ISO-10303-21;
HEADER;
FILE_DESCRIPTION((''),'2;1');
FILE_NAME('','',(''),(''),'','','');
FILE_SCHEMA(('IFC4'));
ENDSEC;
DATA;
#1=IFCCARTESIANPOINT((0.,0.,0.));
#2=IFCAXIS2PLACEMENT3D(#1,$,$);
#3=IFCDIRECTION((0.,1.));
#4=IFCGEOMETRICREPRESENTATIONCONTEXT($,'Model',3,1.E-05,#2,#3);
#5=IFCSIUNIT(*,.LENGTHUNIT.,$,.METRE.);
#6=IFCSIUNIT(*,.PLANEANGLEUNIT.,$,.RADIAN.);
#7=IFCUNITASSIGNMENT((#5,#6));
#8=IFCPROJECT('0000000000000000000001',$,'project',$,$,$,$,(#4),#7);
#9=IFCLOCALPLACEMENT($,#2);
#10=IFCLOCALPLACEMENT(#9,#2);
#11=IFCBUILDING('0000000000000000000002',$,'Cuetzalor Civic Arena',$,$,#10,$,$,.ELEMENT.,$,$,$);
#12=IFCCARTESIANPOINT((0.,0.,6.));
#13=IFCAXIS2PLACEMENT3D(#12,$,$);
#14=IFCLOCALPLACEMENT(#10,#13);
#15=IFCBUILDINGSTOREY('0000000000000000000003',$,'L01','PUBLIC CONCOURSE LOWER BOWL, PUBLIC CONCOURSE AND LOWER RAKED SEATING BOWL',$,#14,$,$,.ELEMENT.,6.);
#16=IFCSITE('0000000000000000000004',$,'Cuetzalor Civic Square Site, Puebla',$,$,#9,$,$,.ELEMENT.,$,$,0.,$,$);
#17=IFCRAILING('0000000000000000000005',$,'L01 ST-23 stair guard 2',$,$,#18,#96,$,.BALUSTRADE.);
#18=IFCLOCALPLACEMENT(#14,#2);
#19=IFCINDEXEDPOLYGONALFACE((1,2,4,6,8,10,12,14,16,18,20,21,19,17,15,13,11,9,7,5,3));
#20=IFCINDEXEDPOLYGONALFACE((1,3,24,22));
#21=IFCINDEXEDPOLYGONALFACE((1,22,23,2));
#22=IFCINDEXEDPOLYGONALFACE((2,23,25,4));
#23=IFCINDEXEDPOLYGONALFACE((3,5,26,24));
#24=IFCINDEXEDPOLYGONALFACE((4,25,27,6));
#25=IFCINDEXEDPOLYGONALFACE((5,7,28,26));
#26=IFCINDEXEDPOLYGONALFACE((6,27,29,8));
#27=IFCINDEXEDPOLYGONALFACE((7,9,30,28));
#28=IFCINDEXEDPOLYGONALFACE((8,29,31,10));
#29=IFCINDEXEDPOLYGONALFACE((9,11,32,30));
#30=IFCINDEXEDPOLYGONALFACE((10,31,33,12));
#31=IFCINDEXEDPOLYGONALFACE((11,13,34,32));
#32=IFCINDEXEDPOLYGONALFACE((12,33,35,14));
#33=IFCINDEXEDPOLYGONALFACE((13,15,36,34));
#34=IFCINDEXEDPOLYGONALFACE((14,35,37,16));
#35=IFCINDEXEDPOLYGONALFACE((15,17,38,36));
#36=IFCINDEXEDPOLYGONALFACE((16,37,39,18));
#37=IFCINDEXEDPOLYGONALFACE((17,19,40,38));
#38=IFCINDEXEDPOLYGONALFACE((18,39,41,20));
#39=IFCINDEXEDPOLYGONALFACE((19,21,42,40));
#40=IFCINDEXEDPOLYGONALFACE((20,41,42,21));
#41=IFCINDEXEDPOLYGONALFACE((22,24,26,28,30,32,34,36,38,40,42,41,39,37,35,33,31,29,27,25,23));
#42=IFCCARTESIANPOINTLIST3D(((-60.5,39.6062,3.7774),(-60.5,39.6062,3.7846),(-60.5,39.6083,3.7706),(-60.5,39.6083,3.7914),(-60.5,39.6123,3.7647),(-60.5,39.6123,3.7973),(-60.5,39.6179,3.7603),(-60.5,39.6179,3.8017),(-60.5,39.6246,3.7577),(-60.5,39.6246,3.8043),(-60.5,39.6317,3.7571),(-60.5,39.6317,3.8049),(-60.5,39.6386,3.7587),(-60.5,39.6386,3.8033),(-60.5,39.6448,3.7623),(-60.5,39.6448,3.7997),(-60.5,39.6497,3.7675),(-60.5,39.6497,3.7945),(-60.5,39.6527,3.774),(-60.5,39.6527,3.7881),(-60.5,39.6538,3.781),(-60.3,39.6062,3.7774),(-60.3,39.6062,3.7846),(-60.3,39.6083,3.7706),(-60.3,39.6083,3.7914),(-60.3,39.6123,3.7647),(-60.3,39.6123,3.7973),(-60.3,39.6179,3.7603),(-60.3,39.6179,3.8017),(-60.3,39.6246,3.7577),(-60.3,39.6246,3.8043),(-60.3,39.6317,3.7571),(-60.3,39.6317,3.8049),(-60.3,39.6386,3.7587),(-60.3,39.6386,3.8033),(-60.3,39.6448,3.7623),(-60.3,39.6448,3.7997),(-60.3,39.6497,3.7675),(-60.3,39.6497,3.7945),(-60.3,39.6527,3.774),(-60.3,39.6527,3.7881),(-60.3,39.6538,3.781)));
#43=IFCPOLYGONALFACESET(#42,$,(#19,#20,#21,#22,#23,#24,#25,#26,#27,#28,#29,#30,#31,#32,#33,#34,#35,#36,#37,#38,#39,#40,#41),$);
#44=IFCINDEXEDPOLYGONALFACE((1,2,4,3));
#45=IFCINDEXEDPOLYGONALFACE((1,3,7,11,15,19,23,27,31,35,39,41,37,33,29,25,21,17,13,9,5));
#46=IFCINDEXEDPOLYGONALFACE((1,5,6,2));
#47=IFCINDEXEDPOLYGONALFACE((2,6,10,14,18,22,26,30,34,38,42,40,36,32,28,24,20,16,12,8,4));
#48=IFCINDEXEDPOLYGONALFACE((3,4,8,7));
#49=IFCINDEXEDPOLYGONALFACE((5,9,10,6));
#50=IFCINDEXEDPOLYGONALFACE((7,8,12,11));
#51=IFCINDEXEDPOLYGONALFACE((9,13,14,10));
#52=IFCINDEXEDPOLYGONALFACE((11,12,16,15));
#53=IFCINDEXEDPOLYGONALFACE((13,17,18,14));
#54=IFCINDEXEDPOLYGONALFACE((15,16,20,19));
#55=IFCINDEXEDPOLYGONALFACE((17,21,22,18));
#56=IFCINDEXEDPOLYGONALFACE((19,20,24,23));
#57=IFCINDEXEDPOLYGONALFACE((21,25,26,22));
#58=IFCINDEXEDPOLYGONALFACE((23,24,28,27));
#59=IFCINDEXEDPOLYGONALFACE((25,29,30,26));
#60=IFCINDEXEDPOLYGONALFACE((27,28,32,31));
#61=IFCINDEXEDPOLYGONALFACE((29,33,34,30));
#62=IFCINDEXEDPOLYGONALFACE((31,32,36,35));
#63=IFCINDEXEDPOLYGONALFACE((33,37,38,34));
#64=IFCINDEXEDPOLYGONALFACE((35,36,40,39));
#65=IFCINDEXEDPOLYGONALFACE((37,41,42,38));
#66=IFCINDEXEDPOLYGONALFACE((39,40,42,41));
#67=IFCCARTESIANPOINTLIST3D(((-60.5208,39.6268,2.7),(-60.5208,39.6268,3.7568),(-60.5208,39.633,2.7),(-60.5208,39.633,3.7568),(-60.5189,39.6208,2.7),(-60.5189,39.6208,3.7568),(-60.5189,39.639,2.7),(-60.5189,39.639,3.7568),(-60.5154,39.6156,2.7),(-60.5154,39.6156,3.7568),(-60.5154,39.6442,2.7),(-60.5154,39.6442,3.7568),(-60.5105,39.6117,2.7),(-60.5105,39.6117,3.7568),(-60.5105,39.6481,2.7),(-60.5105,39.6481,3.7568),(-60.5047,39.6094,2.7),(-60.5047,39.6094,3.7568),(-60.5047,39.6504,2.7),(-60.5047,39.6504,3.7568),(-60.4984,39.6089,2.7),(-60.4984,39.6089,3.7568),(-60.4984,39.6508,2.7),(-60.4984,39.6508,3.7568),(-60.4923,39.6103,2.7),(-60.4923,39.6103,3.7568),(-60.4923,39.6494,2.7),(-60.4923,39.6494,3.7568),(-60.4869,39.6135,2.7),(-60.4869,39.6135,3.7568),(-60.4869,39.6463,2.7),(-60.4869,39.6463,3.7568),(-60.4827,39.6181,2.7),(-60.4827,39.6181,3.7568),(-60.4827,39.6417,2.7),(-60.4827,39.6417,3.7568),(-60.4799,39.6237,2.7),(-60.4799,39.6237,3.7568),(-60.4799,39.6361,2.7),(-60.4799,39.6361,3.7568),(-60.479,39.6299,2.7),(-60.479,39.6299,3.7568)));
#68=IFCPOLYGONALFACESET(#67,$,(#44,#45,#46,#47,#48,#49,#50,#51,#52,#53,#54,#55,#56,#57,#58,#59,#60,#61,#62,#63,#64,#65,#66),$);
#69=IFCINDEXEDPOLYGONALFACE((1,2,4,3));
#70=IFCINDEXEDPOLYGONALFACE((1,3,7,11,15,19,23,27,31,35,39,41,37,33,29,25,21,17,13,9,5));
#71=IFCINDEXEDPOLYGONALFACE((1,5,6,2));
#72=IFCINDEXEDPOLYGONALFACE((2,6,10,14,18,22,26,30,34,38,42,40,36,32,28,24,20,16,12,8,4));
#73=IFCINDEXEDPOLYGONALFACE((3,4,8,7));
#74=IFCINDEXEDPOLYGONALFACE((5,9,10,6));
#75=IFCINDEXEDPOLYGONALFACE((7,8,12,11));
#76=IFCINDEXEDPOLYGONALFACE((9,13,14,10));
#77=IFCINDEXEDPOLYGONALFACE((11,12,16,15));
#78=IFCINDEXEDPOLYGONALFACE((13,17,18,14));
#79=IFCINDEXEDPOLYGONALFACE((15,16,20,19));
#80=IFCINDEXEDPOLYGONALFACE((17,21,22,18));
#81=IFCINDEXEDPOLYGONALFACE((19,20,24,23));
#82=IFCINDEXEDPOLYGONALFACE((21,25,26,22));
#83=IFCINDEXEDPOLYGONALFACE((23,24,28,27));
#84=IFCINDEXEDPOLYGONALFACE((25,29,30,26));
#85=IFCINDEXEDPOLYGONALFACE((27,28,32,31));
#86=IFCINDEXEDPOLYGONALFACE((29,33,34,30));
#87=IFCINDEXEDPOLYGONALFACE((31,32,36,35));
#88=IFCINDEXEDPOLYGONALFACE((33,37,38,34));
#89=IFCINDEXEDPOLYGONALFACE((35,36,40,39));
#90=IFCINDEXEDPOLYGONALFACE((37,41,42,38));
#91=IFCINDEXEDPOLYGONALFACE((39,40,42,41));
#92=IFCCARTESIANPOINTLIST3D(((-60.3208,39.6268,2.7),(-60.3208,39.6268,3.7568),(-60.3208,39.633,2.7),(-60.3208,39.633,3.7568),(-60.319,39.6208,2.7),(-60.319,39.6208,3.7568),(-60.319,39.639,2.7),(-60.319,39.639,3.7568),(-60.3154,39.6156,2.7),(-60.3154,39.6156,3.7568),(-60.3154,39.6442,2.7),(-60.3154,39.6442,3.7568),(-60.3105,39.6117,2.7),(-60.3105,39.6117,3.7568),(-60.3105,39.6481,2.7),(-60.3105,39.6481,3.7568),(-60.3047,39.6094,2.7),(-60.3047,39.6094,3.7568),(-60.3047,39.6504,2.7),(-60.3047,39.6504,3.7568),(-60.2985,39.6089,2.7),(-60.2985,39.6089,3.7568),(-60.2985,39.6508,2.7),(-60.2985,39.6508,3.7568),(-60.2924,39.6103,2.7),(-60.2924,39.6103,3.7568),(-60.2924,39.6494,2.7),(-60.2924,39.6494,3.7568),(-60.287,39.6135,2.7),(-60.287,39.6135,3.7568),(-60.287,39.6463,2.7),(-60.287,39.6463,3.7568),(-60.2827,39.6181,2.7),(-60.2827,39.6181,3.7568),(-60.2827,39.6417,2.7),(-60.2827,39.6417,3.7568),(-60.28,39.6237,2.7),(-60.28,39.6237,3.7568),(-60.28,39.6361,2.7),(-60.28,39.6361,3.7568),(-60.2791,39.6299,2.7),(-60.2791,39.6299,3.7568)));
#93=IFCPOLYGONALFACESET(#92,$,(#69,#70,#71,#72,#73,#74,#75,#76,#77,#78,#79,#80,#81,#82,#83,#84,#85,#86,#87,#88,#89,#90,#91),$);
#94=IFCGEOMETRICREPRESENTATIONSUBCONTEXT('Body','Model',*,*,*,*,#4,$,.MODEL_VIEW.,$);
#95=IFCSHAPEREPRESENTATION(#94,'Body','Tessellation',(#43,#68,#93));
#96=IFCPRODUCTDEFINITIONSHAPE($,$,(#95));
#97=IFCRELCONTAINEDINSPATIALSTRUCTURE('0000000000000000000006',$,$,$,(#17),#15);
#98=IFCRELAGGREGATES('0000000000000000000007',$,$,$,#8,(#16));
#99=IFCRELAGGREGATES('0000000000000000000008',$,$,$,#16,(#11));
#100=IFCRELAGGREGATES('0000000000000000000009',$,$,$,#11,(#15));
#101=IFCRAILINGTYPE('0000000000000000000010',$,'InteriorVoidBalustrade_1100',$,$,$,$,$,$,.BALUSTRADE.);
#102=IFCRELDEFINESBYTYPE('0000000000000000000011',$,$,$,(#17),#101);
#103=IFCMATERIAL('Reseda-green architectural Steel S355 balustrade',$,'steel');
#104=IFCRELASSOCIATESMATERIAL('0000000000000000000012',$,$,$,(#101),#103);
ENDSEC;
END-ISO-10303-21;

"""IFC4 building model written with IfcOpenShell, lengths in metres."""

from ifc_helpers import new_model, si_unit, direction, frame, origin, origin_2d, place, context, subcontext, project, spatial, circle, extrude, material, type_object, element, save


model = new_model("IFC4")

# Units and contexts
model_context = context("Model", 3, precision=1e-05, world=origin(), true_north=direction((0.0, 1.0)))
body_context = subcontext(model_context, "Body", "Model", "MODEL_VIEW")
ifc_project = project(units=[si_unit("LENGTHUNIT", "METRE"), si_unit("PLANEANGLEUNIT", "RADIAN")], contexts=[model_context])

# Site, building, storey
site_placement = place(None, origin())
site = spatial("IfcSite", under=ifc_project, at=site_placement, Name="Cuetzalor Civic Square Site, Puebla", CompositionType="ELEMENT", RefElevation=0.0)
building_placement = place(site_placement, origin())
building = spatial("IfcBuilding", under=site, at=building_placement, Name="Cuetzalor Civic Arena", CompositionType="ELEMENT")
storey_placement = place(building_placement, frame((0.0, 0.0, 6.0)))
storey = spatial("IfcBuildingStorey", under=building, at=storey_placement, Name="L01", Description="PUBLIC CONCOURSE LOWER BOWL, PUBLIC CONCOURSE AND LOWER RAKED SEATING BOWL", CompositionType="ELEMENT", Elevation=6.0)

# Railing
ifc_material_1 = material(Name="Reseda-green architectural Steel S355 balustrade", Category="steel")
railing_type = type_object("IfcRailingType", Name="InteriorVoidBalustrade_1100", PredefinedType="BALUSTRADE", material=ifc_material_1)
railing_placement = place(storey_placement, frame((-60.5, 39.6299, 2.7)))
element("IfcRailing", 1, at=railing_placement, inside=storey, type_object=railing_type, Name="L01 ST-23 stair guard 2", PredefinedType="BALUSTRADE", context=body_context, shape_type="SweptSolid", body=[
    extrude(circle(Radius=0.0239, at=origin_2d()), frame((0.0, 0.0, 1.0811), z_axis=(1.0, 0.0, 0.0), x_axis=(0.0, 1.0, 0.0)), (0.0, 0.0, 1.0), 0.2),
    extrude(circle(Radius=0.021, at=origin_2d()), origin(), (0.0, 0.0, 1.0), 1.0569),
    extrude(circle(Radius=0.021, at=origin_2d()), frame((0.2, 0.0, 0.0)), (0.0, 0.0, 1.0), 1.0569),
])

save(model, "model.ifc")
